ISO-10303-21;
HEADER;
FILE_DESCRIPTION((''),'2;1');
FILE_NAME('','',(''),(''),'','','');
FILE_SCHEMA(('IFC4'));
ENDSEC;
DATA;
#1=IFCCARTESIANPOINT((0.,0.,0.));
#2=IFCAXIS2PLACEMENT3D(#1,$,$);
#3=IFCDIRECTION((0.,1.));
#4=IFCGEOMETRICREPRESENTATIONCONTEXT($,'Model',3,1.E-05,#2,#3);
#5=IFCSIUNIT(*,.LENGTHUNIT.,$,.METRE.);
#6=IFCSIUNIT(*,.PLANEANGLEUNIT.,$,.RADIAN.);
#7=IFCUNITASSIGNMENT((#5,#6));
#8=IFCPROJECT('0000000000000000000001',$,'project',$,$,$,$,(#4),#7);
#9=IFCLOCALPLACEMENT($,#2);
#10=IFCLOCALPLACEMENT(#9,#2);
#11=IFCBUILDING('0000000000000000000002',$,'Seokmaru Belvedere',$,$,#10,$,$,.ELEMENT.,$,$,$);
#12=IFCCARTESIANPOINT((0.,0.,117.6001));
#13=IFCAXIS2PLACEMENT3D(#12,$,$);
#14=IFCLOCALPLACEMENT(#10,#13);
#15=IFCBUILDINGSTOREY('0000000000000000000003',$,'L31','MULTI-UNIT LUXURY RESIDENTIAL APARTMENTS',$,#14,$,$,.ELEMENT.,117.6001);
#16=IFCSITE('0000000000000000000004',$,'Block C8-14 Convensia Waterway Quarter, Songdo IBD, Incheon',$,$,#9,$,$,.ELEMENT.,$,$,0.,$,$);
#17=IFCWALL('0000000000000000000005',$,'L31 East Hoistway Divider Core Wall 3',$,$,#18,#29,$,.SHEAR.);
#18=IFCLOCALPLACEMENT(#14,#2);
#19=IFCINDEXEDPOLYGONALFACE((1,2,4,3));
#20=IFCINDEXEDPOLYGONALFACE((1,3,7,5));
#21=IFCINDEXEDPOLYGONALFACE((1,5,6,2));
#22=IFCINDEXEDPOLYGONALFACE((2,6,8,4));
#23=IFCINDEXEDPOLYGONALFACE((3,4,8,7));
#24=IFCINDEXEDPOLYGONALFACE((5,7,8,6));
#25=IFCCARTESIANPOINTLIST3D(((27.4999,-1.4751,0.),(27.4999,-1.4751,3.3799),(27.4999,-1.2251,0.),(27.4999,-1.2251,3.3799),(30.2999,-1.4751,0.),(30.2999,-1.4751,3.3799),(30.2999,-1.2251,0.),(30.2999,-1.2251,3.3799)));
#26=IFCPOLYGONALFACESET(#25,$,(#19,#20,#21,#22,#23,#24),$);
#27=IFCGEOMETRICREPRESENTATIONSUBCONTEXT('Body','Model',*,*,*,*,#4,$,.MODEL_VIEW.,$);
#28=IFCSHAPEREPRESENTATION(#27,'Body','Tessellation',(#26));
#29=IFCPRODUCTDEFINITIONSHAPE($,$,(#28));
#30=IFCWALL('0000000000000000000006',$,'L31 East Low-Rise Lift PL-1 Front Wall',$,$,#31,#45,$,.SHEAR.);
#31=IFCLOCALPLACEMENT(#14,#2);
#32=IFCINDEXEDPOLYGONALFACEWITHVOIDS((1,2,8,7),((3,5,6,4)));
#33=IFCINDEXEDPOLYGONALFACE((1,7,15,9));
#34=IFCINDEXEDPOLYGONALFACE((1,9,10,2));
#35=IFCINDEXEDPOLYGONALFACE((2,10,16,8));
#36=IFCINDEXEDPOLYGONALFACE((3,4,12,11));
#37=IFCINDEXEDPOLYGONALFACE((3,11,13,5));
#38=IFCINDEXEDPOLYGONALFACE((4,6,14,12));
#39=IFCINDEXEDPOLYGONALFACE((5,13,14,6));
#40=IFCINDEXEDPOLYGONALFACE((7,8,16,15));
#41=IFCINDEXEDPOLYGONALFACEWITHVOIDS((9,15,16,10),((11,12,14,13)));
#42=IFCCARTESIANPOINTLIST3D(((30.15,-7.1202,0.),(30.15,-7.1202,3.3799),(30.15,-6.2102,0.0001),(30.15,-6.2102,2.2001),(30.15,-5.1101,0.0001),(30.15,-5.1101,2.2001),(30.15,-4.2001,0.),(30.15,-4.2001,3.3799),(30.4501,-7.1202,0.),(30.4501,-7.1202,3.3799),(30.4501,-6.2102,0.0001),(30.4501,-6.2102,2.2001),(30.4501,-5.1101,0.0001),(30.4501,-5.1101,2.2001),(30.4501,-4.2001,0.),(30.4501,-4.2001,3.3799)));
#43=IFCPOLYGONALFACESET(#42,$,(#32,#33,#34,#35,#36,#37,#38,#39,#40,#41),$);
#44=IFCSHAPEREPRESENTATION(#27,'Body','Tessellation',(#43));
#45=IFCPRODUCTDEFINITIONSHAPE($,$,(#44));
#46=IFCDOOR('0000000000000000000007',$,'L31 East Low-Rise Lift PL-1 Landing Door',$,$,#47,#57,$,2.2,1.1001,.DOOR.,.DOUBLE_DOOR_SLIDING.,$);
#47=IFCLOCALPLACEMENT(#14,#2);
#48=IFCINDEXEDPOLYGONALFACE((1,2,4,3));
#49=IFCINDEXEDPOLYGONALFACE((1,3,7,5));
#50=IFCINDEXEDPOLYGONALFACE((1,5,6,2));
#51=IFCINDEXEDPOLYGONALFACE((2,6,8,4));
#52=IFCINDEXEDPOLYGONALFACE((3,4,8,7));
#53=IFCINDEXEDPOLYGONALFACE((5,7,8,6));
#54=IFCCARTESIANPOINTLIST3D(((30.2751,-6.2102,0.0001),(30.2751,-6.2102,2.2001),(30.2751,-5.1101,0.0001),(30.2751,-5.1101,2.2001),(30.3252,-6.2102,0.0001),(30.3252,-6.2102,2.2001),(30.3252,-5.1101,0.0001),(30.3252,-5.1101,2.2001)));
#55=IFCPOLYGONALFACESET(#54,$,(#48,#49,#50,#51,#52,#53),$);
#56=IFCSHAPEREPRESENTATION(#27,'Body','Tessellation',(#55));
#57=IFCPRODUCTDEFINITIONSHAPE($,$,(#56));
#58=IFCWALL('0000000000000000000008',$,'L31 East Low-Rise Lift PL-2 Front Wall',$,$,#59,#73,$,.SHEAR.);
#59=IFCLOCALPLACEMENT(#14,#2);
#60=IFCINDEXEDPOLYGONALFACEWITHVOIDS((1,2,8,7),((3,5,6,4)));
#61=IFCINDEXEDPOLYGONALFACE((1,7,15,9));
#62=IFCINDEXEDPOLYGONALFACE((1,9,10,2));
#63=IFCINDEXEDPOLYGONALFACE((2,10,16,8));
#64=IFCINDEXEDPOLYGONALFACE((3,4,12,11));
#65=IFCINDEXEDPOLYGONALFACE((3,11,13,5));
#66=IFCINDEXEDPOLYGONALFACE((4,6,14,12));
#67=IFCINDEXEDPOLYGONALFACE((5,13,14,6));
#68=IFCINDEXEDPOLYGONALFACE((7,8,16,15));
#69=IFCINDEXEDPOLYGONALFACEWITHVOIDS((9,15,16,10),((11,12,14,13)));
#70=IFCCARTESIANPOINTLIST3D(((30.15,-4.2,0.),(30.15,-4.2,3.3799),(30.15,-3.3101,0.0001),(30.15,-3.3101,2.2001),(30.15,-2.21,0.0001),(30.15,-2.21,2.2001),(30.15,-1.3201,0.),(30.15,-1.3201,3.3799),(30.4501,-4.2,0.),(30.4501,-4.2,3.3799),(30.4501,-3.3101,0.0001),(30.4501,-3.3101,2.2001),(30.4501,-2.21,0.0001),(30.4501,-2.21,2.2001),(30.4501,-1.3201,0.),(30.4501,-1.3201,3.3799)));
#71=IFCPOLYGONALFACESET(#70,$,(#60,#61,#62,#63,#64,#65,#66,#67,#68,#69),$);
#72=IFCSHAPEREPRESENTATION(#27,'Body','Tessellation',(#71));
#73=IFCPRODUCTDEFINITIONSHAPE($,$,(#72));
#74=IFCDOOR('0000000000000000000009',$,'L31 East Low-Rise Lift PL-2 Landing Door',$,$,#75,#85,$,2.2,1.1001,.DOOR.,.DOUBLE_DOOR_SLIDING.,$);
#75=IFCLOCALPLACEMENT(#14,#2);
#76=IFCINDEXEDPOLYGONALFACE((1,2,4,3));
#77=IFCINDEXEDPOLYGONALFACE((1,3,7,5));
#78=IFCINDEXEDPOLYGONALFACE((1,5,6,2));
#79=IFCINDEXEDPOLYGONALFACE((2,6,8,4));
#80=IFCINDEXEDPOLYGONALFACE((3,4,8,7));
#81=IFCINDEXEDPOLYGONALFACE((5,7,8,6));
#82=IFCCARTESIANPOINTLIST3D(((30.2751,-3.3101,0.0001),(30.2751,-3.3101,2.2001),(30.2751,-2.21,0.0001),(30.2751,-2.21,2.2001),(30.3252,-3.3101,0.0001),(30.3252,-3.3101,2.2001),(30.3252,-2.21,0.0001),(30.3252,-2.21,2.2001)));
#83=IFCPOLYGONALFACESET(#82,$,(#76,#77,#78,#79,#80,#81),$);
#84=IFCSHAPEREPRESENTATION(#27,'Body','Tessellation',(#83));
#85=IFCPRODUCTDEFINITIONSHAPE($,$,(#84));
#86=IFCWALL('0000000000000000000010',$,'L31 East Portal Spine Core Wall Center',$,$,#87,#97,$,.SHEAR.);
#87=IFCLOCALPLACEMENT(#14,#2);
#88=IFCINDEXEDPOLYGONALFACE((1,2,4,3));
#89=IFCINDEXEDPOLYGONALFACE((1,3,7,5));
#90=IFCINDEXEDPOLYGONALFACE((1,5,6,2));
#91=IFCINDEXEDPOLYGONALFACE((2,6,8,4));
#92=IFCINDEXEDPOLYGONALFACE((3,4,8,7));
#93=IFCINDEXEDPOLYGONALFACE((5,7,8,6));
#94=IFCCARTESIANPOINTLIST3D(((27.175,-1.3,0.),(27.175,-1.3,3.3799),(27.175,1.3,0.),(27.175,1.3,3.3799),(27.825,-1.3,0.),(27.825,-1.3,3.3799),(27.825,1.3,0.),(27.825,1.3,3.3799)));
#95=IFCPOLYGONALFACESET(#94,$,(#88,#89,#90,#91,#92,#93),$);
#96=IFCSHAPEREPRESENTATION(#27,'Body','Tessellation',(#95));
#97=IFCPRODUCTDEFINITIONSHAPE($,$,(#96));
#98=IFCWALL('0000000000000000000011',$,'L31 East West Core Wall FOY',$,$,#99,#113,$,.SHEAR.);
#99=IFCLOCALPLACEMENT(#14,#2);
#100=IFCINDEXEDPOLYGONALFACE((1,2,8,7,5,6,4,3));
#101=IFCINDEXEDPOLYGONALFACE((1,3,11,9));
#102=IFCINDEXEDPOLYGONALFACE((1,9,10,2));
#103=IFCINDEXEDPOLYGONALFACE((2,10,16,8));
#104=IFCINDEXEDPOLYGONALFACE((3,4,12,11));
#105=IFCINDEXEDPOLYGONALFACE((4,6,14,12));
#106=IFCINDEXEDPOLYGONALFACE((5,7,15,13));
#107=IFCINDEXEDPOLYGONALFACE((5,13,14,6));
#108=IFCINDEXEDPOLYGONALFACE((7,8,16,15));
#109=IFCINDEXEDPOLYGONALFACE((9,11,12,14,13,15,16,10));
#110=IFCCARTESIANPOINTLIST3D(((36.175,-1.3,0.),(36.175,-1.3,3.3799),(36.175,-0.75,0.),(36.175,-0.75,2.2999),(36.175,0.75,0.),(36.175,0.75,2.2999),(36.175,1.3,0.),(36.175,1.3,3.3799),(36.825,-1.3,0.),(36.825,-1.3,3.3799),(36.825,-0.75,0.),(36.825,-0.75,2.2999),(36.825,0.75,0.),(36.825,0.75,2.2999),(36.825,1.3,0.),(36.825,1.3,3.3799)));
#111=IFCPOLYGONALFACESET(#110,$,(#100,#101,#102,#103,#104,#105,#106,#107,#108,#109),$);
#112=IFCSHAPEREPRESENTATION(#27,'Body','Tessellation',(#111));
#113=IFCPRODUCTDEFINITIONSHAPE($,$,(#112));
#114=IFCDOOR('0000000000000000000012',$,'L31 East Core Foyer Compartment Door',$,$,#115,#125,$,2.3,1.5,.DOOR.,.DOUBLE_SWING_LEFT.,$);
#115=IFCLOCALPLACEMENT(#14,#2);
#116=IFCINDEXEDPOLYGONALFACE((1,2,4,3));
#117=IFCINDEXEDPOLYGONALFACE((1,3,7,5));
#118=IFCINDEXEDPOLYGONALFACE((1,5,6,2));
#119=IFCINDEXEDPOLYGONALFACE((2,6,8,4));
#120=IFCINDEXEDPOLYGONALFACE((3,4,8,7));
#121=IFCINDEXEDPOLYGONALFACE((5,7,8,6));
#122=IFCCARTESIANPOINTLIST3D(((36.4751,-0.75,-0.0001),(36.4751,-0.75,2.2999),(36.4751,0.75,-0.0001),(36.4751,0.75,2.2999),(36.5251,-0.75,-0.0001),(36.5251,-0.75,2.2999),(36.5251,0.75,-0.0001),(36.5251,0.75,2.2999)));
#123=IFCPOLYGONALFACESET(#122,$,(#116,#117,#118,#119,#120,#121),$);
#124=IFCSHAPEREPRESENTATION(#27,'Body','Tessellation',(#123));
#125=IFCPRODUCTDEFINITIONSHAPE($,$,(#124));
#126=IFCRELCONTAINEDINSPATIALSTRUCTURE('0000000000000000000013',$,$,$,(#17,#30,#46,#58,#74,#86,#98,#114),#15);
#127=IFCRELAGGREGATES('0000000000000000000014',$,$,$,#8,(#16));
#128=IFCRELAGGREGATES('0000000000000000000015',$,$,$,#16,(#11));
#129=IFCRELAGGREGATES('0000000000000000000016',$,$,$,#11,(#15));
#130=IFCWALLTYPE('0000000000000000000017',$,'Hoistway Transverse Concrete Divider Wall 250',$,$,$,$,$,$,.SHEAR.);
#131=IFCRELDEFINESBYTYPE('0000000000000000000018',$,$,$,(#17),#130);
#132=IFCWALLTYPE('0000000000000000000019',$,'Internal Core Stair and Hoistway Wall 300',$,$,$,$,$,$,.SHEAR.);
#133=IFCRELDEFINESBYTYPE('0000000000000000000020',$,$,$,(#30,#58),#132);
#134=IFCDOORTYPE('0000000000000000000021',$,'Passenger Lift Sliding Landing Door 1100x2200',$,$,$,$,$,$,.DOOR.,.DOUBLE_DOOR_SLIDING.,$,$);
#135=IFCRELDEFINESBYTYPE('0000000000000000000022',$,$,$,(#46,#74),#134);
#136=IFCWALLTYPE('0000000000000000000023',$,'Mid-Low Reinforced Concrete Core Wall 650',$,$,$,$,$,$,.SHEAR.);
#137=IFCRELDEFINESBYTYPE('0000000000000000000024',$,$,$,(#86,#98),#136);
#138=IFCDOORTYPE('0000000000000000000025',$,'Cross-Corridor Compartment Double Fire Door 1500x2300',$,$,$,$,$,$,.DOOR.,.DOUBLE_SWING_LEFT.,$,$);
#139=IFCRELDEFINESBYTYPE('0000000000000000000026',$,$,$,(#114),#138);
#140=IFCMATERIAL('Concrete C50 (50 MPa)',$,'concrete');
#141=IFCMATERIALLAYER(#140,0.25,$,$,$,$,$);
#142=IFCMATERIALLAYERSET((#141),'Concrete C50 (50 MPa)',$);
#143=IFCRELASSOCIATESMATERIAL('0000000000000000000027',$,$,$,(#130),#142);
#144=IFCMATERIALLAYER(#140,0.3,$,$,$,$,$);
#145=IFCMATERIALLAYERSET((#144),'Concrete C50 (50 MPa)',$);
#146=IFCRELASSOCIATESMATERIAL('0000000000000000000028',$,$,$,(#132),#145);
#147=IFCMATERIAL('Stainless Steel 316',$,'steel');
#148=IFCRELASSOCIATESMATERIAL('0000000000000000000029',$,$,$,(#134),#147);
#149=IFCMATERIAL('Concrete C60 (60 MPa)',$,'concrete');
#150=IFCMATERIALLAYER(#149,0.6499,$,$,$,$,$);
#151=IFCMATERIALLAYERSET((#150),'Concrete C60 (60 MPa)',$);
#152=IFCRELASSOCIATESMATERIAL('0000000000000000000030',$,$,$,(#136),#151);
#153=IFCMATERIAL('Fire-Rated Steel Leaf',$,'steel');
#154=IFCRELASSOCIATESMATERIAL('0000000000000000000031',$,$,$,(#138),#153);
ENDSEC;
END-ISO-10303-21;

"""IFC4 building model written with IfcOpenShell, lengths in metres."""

from ifc_helpers import new_model, si_unit, direction, frame, frame_2d, origin, place, context, subcontext, project, spatial, rectangle, extrude, source, transform, mapped, material, layer, layer_set, type_object, type_shapes, element, fill, save


model = new_model("IFC4")

# Units and contexts
model_context = context("Model", 3, precision=1e-05, world=origin(), true_north=direction((0.0, 1.0)))
body_context = subcontext(model_context, "Body", "Model", "MODEL_VIEW")
ifc_project = project(units=[si_unit("LENGTHUNIT", "METRE"), si_unit("PLANEANGLEUNIT", "RADIAN")], contexts=[model_context])

# Site, building, storey
site_placement = place(None, origin())
site = spatial("IfcSite", under=ifc_project, at=site_placement, Name="Block C8-14 Convensia Waterway Quarter, Songdo IBD, Incheon", CompositionType="ELEMENT", RefElevation=0.0)
building_placement = place(site_placement, origin())
building = spatial("IfcBuilding", under=site, at=building_placement, Name="Seokmaru Belvedere", CompositionType="ELEMENT")
storey_placement = place(building_placement, frame((0.0, 0.0, 117.6001)))
storey = spatial("IfcBuildingStorey", under=building, at=storey_placement, Name="L31", Description="MULTI-UNIT LUXURY RESIDENTIAL APARTMENTS", CompositionType="ELEMENT", Elevation=117.6001)

# Shared definitions
ifc_material_1 = material(Name="Fire-Rated Steel Leaf", Category="steel")

# Wall
ifc_material_2 = material(Name="Concrete C50 (50 MPa)", Category="concrete")
ifc_layer_1 = layer(ifc_material_2, 0.25)
ifc_layer_set_1 = layer_set([ifc_layer_1], Name="Concrete C50 (50 MPa)")
wall_type_1 = type_object("IfcWallType", Name="Hoistway Transverse Concrete Divider Wall 250", PredefinedType="SHEAR", material=ifc_layer_set_1)
for number, where, z_axis, x_axis, name in (
    (1, (27.5, -1.3501, 0.0), (0.0, 0.0, 1.0), (1.0, 0.0, 0.0), "L31 East Hoistway Divider Core Wall 3"),
):
    element("IfcWall", number, at=place(storey_placement, frame(where, z_axis=z_axis, x_axis=x_axis)), inside=storey, type_object=wall_type_1, Name=name, PredefinedType="SHEAR", context=body_context, shape_type="SweptSolid", body=[
        extrude(rectangle(XDim=2.8, YDim=0.25, at=frame_2d((1.3999, 0.0))), origin(), (0.0, 0.0, 1.0), 3.3799),
    ])

# Walls, openings, doors
ifc_layer_2 = layer(ifc_material_2, 0.3)
ifc_layer_set_2 = layer_set([ifc_layer_2], Name="Concrete C50 (50 MPa)")
wall_type_2 = type_object("IfcWallType", Name="Internal Core Stair and Hoistway Wall 300", PredefinedType="SHEAR", material=ifc_layer_set_2)
wall_1_placement = place(storey_placement, frame((30.3, -7.1201, 0.0), z_axis=(0.0, 0.0, 1.0), x_axis=(0.0, 1.0, 0.0)))
wall_1 = element("IfcWall", 2, at=wall_1_placement, inside=storey, type_object=wall_type_2, Name="L31 East Low-Rise Lift PL-1 Front Wall", PredefinedType="SHEAR", context=body_context, shape_type="SweptSolid", body=[
    extrude(rectangle(XDim=2.9202, YDim=0.3, at=frame_2d((1.46, 0.0))), origin(), (0.0, 0.0, 1.0), 3.3799),
])
opening_1_placement = place(wall_1_placement, frame((0.9099, 0.0, 0.0)))
opening_1 = element("IfcOpeningElement", 3, at=opening_1_placement, cuts=wall_1, PredefinedType="OPENING", context=body_context, shape_type="SweptSolid", body=[
    extrude(rectangle(XDim=1.1001, YDim=2.2, at=frame_2d((0.55, 1.1001))), frame((0.0, 0.1602, 0.0), z_axis=(0.0, -1.0, 0.0), x_axis=(1.0, 0.0, 0.0)), (0.0, 0.0, 1.0), 0.3201),
])
ifc_material_3 = material(Name="Stainless Steel 316", Category="steel")
door_type_1 = type_object("IfcDoorType", Name="Passenger Lift Sliding Landing Door 1100x2200", OperationType="DOUBLE_DOOR_SLIDING", PredefinedType="DOOR", material=ifc_material_3)
shared_shape_1 = source(origin(), body_context, "Body", "SweptSolid", [
    extrude(rectangle(XDim=1.1001, YDim=2.2, at=frame_2d((0.55, 1.1001))), frame((0.0, 0.0249, 0.0), z_axis=(0.0, -1.0, 0.0), x_axis=(1.0, 0.0, 0.0)), (0.0, 0.0, 1.0), 0.05),
])
type_shapes(door_type_1, [shared_shape_1])
door_1_placement = place(opening_1_placement, origin())
door_1 = element("IfcDoor", 4, at=door_1_placement, inside=storey, type_object=door_type_1, Name="L31 East Low-Rise Lift PL-1 Landing Door", OperationType="DOUBLE_DOOR_SLIDING", OverallHeight=2.2, OverallWidth=1.1001, PredefinedType="DOOR", context=body_context, shape_type="MappedRepresentation", body=[
    mapped(shared_shape_1, transform((0.0, 0.0, 0.0), scale=1.0)),
])
fill(opening_1, door_1)
wall_2_placement = place(storey_placement, frame((30.3, -4.2, 0.0), z_axis=(0.0, 0.0, 1.0), x_axis=(0.0, 1.0, 0.0)))
wall_2 = element("IfcWall", 5, at=wall_2_placement, inside=storey, type_object=wall_type_2, Name="L31 East Low-Rise Lift PL-2 Front Wall", PredefinedType="SHEAR", context=body_context, shape_type="SweptSolid", body=[
    extrude(rectangle(XDim=2.8799, YDim=0.3, at=frame_2d((1.4399, 0.0))), origin(), (0.0, 0.0, 1.0), 3.3799),
])
opening_2_placement = place(wall_2_placement, frame((0.8899, 0.0, 0.0)))
opening_2 = element("IfcOpeningElement", 6, at=opening_2_placement, cuts=wall_2, PredefinedType="OPENING", context=body_context, shape_type="SweptSolid", body=[
    extrude(rectangle(XDim=1.1001, YDim=2.2, at=frame_2d((0.55, 1.1001))), frame((0.0, 0.1602, 0.0), z_axis=(0.0, -1.0, 0.0), x_axis=(1.0, 0.0, 0.0)), (0.0, 0.0, 1.0), 0.3201),
])
door_2_placement = place(opening_2_placement, origin())
door_2 = element("IfcDoor", 7, at=door_2_placement, inside=storey, type_object=door_type_1, Name="L31 East Low-Rise Lift PL-2 Landing Door", OperationType="DOUBLE_DOOR_SLIDING", OverallHeight=2.2, OverallWidth=1.1001, PredefinedType="DOOR", context=body_context, shape_type="MappedRepresentation", body=[
    mapped(shared_shape_1, transform((0.0, 0.0, 0.0), scale=1.0)),
])
fill(opening_2, door_2)

# Wall
ifc_material_4 = material(Name="Concrete C60 (60 MPa)", Category="concrete")
ifc_layer_3 = layer(ifc_material_4, 0.6499)
ifc_layer_set_3 = layer_set([ifc_layer_3], Name="Concrete C60 (60 MPa)")
wall_type_3 = type_object("IfcWallType", Name="Mid-Low Reinforced Concrete Core Wall 650", PredefinedType="SHEAR", material=ifc_layer_set_3)
wall_3_placement = place(storey_placement, frame((27.5, -1.3, 0.0), z_axis=(0.0, 0.0, 1.0), x_axis=(0.0, 1.0, 0.0)))
element("IfcWall", 8, at=wall_3_placement, inside=storey, type_object=wall_type_3, Name="L31 East Portal Spine Core Wall Center", PredefinedType="SHEAR", context=body_context, shape_type="SweptSolid", body=[
    extrude(rectangle(XDim=2.6001, YDim=0.6499, at=frame_2d((1.3, 0.0))), origin(), (0.0, 0.0, 1.0), 3.3799),
])

# Wall, opening, door
wall_4_placement = place(storey_placement, frame((36.5, -1.3, 0.0), z_axis=(0.0, 0.0, 1.0), x_axis=(0.0, 1.0, 0.0)))
wall_4 = element("IfcWall", 9, at=wall_4_placement, inside=storey, type_object=wall_type_3, Name="L31 East West Core Wall FOY", PredefinedType="SHEAR", context=body_context, shape_type="SweptSolid", body=[
    extrude(rectangle(XDim=2.6001, YDim=0.6499, at=frame_2d((1.3, 0.0))), origin(), (0.0, 0.0, 1.0), 3.3799),
])
opening_3_placement = place(wall_4_placement, frame((0.55, 0.0, 0.0)))
opening_3 = element("IfcOpeningElement", 10, at=opening_3_placement, cuts=wall_4, PredefinedType="OPENING", context=body_context, shape_type="SweptSolid", body=[
    extrude(rectangle(XDim=1.5, YDim=2.3, at=frame_2d((0.75, 1.1499))), frame((0.0, 0.335, 0.0), z_axis=(0.0, -1.0, 0.0), x_axis=(1.0, 0.0, 0.0)), (0.0, 0.0, 1.0), 0.6699),
])
door_type_2 = type_object("IfcDoorType", Name="Cross-Corridor Compartment Double Fire Door 1500x2300", OperationType="DOUBLE_SWING_LEFT", PredefinedType="DOOR", material=ifc_material_1)
shared_shape_2 = source(origin(), body_context, "Body", "SweptSolid", [
    extrude(rectangle(XDim=1.5, YDim=2.3, at=frame_2d((0.75, 1.1499))), frame((0.0, 0.0249, 0.0), z_axis=(0.0, -1.0, 0.0), x_axis=(1.0, 0.0, 0.0)), (0.0, 0.0, 1.0), 0.05),
])
type_shapes(door_type_2, [shared_shape_2])
door_3_placement = place(opening_3_placement, origin())
door_3 = element("IfcDoor", 11, at=door_3_placement, inside=storey, type_object=door_type_2, Name="L31 East Core Foyer Compartment Door", OperationType="DOUBLE_SWING_LEFT", OverallHeight=2.3, OverallWidth=1.5, PredefinedType="DOOR", context=body_context, shape_type="MappedRepresentation", body=[
    mapped(shared_shape_2, transform((0.0, 0.0, 0.0), scale=1.0)),
])
fill(opening_3, door_3)

save(model, "model.ifc")
